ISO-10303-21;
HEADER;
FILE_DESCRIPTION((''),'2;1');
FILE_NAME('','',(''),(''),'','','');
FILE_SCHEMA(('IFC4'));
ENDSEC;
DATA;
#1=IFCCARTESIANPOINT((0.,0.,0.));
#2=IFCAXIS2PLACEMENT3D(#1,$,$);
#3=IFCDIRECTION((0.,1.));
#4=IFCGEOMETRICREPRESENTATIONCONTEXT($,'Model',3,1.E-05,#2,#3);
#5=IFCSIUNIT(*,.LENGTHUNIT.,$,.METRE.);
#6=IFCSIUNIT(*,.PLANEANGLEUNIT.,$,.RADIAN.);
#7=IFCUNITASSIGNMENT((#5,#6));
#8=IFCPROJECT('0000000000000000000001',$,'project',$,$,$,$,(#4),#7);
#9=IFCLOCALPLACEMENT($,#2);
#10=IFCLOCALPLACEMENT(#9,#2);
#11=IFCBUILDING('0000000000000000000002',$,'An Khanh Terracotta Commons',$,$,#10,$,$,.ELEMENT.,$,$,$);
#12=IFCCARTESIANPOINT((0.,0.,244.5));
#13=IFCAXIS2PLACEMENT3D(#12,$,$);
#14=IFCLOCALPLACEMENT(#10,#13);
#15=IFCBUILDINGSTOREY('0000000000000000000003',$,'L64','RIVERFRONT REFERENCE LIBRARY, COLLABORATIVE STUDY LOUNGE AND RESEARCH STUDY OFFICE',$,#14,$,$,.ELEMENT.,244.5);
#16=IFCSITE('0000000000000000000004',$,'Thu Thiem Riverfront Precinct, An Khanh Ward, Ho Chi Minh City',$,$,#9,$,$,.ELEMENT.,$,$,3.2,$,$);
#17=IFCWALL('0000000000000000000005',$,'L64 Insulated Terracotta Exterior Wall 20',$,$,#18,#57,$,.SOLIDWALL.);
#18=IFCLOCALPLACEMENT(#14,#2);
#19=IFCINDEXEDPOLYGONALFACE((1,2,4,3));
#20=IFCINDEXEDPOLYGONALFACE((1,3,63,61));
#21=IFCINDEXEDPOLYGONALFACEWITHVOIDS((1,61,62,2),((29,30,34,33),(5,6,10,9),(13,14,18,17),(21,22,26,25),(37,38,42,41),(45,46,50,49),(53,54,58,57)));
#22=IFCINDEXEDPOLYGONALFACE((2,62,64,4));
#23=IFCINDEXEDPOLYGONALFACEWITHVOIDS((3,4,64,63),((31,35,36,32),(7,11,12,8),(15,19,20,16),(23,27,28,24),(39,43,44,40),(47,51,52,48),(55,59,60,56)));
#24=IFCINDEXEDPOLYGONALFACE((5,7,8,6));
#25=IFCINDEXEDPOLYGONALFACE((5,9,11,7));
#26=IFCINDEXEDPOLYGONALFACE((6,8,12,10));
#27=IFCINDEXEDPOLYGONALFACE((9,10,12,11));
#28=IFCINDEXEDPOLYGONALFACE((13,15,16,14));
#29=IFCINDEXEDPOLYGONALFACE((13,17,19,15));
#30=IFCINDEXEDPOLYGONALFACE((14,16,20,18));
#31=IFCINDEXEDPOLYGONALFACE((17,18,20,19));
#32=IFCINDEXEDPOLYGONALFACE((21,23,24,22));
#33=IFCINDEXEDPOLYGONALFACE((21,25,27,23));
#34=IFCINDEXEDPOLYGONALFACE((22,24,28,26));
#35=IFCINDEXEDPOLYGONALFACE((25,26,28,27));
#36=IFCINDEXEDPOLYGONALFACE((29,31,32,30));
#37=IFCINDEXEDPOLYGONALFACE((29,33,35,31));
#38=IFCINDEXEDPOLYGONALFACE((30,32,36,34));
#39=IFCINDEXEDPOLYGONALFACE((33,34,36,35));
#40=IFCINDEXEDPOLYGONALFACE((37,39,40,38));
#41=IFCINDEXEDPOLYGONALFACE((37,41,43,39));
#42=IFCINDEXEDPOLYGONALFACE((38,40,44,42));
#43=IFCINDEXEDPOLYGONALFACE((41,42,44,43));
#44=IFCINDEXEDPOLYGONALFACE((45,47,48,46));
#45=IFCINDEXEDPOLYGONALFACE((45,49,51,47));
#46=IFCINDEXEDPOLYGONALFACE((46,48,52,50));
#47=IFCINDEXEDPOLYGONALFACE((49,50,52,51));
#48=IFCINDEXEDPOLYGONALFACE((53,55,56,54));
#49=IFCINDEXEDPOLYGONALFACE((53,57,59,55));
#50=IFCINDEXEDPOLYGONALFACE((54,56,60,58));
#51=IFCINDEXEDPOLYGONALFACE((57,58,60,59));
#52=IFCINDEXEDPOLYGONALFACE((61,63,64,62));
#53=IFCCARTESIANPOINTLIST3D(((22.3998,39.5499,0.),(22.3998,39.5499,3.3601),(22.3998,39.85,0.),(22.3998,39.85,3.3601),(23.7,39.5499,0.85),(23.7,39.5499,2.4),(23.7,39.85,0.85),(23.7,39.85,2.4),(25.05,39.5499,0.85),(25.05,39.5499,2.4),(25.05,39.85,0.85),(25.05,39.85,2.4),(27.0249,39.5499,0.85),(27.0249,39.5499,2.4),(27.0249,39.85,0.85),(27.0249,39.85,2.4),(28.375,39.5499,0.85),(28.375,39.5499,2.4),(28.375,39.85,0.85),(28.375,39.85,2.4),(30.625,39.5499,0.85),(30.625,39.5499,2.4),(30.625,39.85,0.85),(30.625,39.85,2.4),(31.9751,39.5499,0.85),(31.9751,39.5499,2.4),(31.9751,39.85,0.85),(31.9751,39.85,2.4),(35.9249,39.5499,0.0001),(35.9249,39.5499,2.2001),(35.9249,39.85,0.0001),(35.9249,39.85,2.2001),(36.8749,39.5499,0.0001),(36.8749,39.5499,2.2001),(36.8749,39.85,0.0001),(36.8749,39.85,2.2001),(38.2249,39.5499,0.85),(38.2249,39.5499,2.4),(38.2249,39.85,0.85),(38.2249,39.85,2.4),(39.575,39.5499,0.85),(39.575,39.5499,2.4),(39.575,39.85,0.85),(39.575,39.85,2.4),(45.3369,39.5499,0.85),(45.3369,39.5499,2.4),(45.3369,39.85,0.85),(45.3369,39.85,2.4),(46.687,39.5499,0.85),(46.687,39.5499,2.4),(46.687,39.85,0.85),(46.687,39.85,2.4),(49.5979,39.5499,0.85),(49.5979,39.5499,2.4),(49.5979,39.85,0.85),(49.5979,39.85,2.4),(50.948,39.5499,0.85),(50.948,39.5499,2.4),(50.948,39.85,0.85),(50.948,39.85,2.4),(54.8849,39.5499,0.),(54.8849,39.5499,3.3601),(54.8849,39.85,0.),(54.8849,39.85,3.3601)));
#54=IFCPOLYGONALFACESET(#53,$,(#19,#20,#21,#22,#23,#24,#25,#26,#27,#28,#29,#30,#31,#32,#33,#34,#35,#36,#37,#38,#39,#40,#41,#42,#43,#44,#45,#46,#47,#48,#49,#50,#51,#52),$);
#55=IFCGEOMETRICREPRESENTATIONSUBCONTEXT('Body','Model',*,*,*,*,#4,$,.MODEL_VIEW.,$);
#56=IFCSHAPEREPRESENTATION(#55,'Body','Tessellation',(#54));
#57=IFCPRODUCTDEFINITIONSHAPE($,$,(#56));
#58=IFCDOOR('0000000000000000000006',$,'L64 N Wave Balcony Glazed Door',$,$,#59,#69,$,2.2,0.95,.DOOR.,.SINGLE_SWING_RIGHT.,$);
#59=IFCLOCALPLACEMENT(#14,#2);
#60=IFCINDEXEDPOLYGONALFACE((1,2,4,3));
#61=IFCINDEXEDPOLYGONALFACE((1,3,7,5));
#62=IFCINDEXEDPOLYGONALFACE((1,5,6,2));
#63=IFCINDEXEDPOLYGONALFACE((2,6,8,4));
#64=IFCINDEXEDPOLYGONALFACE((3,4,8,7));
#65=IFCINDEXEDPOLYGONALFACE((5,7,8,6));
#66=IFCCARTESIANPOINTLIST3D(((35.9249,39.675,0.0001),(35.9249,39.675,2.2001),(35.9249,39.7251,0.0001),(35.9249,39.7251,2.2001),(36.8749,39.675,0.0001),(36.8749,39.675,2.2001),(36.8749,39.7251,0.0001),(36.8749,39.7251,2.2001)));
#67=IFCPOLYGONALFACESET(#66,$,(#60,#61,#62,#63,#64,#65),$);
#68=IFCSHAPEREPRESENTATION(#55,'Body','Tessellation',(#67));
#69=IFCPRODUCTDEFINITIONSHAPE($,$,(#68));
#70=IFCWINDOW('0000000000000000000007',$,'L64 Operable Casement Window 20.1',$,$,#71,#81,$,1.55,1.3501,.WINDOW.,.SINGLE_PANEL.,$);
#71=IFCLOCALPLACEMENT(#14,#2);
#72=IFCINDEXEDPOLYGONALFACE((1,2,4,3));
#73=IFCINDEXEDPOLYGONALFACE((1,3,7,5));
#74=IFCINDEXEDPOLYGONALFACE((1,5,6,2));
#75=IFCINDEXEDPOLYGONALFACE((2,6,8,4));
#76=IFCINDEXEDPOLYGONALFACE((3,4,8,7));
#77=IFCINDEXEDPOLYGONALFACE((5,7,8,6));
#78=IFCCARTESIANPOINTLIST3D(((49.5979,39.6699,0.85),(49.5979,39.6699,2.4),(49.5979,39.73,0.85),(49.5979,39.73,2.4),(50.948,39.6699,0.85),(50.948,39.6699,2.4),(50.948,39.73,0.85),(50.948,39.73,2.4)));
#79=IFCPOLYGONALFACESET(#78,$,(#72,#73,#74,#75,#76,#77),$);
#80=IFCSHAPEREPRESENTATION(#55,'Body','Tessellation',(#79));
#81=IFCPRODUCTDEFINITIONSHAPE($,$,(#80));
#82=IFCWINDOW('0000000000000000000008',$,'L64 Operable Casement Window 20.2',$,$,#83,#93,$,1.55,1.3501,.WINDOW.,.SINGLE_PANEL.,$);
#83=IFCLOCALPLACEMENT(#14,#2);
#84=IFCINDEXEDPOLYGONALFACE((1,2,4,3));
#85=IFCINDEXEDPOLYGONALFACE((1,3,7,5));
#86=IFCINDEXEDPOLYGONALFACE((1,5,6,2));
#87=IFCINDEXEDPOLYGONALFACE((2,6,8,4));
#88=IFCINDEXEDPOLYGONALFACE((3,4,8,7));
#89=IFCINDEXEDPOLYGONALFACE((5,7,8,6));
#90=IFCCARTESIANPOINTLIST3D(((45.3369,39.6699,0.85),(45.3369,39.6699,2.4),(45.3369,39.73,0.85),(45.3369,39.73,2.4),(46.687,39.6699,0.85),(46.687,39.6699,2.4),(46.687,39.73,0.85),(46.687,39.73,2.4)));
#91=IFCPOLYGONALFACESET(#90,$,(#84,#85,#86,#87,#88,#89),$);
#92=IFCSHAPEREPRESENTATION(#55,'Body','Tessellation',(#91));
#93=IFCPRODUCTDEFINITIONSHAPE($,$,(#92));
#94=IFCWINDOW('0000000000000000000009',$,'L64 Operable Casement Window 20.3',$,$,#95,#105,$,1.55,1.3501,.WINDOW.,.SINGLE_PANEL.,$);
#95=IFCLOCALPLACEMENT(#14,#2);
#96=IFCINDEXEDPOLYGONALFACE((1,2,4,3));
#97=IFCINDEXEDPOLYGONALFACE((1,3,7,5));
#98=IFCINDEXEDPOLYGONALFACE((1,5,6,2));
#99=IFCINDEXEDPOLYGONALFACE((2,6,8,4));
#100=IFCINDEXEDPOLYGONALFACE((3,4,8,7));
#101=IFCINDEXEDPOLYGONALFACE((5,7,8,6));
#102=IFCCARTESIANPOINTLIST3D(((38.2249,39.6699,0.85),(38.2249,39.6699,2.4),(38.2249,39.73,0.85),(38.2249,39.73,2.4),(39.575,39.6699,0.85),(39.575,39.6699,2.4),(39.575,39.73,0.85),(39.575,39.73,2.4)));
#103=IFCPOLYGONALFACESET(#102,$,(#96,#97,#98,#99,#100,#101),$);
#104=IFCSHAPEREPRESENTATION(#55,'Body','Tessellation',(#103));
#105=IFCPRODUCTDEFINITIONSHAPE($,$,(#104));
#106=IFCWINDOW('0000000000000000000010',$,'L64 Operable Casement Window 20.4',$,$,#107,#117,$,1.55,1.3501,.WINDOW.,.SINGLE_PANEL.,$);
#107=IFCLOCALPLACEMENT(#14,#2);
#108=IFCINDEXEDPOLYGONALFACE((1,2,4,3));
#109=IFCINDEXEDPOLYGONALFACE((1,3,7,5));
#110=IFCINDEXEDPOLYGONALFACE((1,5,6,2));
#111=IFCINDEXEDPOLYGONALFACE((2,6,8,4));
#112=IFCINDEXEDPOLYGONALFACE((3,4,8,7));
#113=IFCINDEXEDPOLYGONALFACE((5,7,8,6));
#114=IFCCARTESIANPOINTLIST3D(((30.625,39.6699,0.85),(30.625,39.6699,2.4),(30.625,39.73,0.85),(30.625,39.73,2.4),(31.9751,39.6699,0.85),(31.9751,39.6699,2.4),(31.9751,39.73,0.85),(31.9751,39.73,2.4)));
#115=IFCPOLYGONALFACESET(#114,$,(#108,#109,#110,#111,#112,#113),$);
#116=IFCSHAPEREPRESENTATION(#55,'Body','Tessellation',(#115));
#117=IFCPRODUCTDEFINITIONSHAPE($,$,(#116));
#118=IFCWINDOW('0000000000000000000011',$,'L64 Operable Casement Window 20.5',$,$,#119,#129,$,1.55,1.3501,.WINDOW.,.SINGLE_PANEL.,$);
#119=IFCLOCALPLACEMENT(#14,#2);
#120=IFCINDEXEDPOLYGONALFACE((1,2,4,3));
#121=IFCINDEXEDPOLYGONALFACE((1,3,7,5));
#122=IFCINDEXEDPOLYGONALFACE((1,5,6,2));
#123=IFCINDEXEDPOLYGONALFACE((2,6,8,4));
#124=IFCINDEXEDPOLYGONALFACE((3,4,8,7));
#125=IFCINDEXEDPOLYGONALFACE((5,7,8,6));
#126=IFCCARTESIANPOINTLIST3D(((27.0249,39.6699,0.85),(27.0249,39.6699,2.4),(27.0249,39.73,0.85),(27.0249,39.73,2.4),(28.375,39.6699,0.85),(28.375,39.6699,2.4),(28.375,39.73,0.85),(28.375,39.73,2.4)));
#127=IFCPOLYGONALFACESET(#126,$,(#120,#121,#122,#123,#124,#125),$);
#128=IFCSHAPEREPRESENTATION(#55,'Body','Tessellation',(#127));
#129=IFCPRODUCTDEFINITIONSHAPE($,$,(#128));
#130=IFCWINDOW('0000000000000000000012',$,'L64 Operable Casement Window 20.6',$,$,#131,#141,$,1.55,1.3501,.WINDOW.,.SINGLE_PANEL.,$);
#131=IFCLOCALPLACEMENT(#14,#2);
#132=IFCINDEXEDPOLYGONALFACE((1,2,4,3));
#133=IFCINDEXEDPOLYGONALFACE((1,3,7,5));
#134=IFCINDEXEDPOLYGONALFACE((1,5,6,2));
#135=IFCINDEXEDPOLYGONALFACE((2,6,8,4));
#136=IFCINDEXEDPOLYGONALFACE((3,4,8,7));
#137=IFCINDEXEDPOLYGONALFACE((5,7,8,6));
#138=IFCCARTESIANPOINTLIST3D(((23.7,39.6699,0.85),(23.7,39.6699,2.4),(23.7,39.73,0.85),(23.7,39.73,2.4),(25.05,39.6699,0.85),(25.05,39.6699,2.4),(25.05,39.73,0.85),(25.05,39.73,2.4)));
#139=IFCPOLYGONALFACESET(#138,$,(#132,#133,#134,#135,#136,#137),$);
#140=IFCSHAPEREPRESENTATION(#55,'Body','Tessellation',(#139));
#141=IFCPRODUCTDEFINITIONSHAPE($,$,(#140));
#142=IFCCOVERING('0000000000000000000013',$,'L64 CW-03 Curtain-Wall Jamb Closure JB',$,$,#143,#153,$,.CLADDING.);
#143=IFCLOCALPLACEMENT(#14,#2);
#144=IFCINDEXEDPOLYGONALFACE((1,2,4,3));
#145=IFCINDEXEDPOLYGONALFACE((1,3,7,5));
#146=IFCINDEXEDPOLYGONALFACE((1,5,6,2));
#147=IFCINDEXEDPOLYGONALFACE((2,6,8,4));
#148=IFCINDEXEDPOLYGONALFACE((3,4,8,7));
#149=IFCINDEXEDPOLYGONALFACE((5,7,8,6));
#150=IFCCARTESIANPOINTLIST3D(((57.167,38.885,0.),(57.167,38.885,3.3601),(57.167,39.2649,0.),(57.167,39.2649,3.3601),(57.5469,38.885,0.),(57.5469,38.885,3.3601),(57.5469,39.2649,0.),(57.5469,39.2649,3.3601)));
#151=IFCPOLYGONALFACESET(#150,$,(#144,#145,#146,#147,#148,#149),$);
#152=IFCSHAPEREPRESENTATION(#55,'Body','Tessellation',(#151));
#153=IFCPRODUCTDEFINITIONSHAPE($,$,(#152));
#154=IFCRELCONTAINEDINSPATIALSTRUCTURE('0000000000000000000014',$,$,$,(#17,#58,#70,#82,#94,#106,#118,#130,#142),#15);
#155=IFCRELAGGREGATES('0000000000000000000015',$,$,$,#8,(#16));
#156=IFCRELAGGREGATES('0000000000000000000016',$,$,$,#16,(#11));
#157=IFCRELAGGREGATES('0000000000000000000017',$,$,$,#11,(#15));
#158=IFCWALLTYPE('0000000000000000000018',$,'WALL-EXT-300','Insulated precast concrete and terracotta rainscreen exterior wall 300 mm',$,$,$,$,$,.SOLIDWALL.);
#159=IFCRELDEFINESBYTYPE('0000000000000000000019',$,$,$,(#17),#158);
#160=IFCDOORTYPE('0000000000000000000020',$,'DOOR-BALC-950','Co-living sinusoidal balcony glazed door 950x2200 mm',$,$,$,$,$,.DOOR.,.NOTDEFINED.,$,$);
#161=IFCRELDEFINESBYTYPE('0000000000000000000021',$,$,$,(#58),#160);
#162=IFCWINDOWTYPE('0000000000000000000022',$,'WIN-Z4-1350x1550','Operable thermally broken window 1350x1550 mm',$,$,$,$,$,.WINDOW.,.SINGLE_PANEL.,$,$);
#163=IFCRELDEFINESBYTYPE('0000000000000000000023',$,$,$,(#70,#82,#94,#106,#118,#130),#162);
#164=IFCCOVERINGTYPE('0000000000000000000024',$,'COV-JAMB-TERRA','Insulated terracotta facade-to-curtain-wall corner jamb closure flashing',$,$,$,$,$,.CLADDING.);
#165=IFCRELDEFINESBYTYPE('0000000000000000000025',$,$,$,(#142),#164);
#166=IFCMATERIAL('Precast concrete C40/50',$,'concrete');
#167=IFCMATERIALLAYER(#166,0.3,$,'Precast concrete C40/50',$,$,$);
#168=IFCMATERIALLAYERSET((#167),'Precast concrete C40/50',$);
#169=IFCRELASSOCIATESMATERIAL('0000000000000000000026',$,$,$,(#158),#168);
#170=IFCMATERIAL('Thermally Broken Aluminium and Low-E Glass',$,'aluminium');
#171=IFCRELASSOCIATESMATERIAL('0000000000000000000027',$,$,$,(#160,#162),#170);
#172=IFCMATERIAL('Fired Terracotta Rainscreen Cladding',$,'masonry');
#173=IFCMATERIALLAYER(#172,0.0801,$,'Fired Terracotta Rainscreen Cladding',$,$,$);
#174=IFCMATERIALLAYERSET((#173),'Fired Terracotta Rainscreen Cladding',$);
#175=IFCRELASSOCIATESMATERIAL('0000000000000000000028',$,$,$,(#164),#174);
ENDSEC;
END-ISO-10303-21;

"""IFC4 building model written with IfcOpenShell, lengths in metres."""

from ifc_helpers import new_model, si_unit, direction, frame, frame_2d, origin, origin_2d, place, context, subcontext, project, spatial, rectangle, extrude, material, layer, layer_set, type_object, element, fill, save


model = new_model("IFC4")

# Units and contexts
model_context = context("Model", 3, precision=1e-05, world=origin(), true_north=direction((0.0, 1.0)))
body_context = subcontext(model_context, "Body", "Model", "MODEL_VIEW")
ifc_project = project(units=[si_unit("LENGTHUNIT", "METRE"), si_unit("PLANEANGLEUNIT", "RADIAN")], contexts=[model_context])

# Site, building, storey
site_placement = place(None, origin())
site = spatial("IfcSite", under=ifc_project, at=site_placement, Name="Thu Thiem Riverfront Precinct, An Khanh Ward, Ho Chi Minh City", CompositionType="ELEMENT", RefElevation=3.2)
building_placement = place(site_placement, origin())
building = spatial("IfcBuilding", under=site, at=building_placement, Name="An Khanh Terracotta Commons", CompositionType="ELEMENT")
storey_placement = place(building_placement, frame((0.0, 0.0, 244.5)))
storey = spatial("IfcBuildingStorey", under=building, at=storey_placement, Name="L64", Description="RIVERFRONT REFERENCE LIBRARY, COLLABORATIVE STUDY LOUNGE AND RESEARCH STUDY OFFICE", CompositionType="ELEMENT", Elevation=244.5)

# Shared definitions
ifc_material_1 = material(Name="Precast concrete C40/50", Category="concrete")
ifc_layer_1 = layer(ifc_material_1, 0.3, Name="Precast concrete C40/50")
ifc_layer_set_1 = layer_set([ifc_layer_1], Name="Precast concrete C40/50")
wall_type = type_object("IfcWallType", Name="WALL-EXT-300", Description="Insulated precast concrete and terracotta rainscreen exterior wall 300 mm", PredefinedType="SOLIDWALL", material=ifc_layer_set_1)

# Wall, openings, door, windows
wall_1_placement = place(storey_placement, frame((54.885, 39.7, 0.0), z_axis=(0.0, 0.0, 1.0), x_axis=(-1.0, 0.0, 0.0)))
wall_1 = element("IfcWall", 1, at=wall_1_placement, inside=storey, type_object=wall_type, Name="L64 Insulated Terracotta Exterior Wall 20", PredefinedType="SOLIDWALL", context=body_context, shape_type="SweptSolid", body=[
    extrude(rectangle(XDim=32.4851, YDim=0.3, at=frame_2d((16.2427, 0.0))), origin(), (0.0, 0.0, 1.0), 3.3601),
])
opening_1_placement = place(wall_1_placement, frame((18.01, 0.0, 0.0)))
opening_1 = element("IfcOpeningElement", 2, at=opening_1_placement, cuts=wall_1, PredefinedType="OPENING", context=body_context, shape_type="SweptSolid", body=[
    extrude(rectangle(XDim=0.95, YDim=2.2, at=frame_2d((0.4751, 1.1001))), frame((0.0, 0.1599, 0.0), z_axis=(0.0, -1.0, 0.0), x_axis=(1.0, 0.0, 0.0)), (0.0, 0.0, 1.0), 0.3201),
])
opening_2_placement = place(wall_1_placement, frame((3.937, 0.0, 0.8501)))
opening_2 = element("IfcOpeningElement", 3, at=opening_2_placement, cuts=wall_1, PredefinedType="OPENING", context=body_context, shape_type="SweptSolid", body=[
    extrude(rectangle(XDim=1.3501, YDim=1.55, at=frame_2d((0.675, 0.7749))), frame((0.0, 0.1599, 0.0), z_axis=(0.0, -1.0, 0.0), x_axis=(1.0, 0.0, 0.0)), (0.0, 0.0, 1.0), 0.3201),
])
opening_3_placement = place(wall_1_placement, frame((8.198, 0.0, 0.8501)))
opening_3 = element("IfcOpeningElement", 4, at=opening_3_placement, cuts=wall_1, PredefinedType="OPENING", context=body_context, shape_type="SweptSolid", body=[
    extrude(rectangle(XDim=1.3501, YDim=1.55, at=frame_2d((0.675, 0.7749))), frame((0.0, 0.1599, 0.0), z_axis=(0.0, -1.0, 0.0), x_axis=(1.0, 0.0, 0.0)), (0.0, 0.0, 1.0), 0.3201),
])
opening_4_placement = place(wall_1_placement, frame((15.3101, 0.0, 0.8501)))
opening_4 = element("IfcOpeningElement", 5, at=opening_4_placement, cuts=wall_1, PredefinedType="OPENING", context=body_context, shape_type="SweptSolid", body=[
    extrude(rectangle(XDim=1.3501, YDim=1.55, at=frame_2d((0.675, 0.7749))), frame((0.0, 0.1599, 0.0), z_axis=(0.0, -1.0, 0.0), x_axis=(1.0, 0.0, 0.0)), (0.0, 0.0, 1.0), 0.3201),
])
opening_5_placement = place(wall_1_placement, frame((22.9099, 0.0, 0.8501)))
opening_5 = element("IfcOpeningElement", 6, at=opening_5_placement, cuts=wall_1, PredefinedType="OPENING", context=body_context, shape_type="SweptSolid", body=[
    extrude(rectangle(XDim=1.3501, YDim=1.55, at=frame_2d((0.675, 0.7749))), frame((0.0, 0.1599, 0.0), z_axis=(0.0, -1.0, 0.0), x_axis=(1.0, 0.0, 0.0)), (0.0, 0.0, 1.0), 0.3201),
])
opening_6_placement = place(wall_1_placement, frame((26.51, 0.0, 0.8501)))
opening_6 = element("IfcOpeningElement", 7, at=opening_6_placement, cuts=wall_1, PredefinedType="OPENING", context=body_context, shape_type="SweptSolid", body=[
    extrude(rectangle(XDim=1.3501, YDim=1.55, at=frame_2d((0.675, 0.7749))), frame((0.0, 0.1599, 0.0), z_axis=(0.0, -1.0, 0.0), x_axis=(1.0, 0.0, 0.0)), (0.0, 0.0, 1.0), 0.3201),
])
opening_7_placement = place(wall_1_placement, frame((29.835, 0.0, 0.8501)))
opening_7 = element("IfcOpeningElement", 8, at=opening_7_placement, cuts=wall_1, PredefinedType="OPENING", context=body_context, shape_type="SweptSolid", body=[
    extrude(rectangle(XDim=1.3501, YDim=1.55, at=frame_2d((0.675, 0.7749))), frame((0.0, 0.1599, 0.0), z_axis=(0.0, -1.0, 0.0), x_axis=(1.0, 0.0, 0.0)), (0.0, 0.0, 1.0), 0.3201),
])
ifc_material_2 = material(Name="Thermally Broken Aluminium and Low-E Glass", Category="aluminium")
door_type = type_object("IfcDoorType", Name="DOOR-BALC-950", Description="Co-living sinusoidal balcony glazed door 950x2200 mm", OperationType="NOTDEFINED", PredefinedType="DOOR", material=ifc_material_2)
door_placement = place(opening_1_placement, origin())
door = element("IfcDoor", 9, at=door_placement, inside=storey, type_object=door_type, Name="L64 N Wave Balcony Glazed Door", OperationType="SINGLE_SWING_RIGHT", OverallHeight=2.2, OverallWidth=0.95, PredefinedType="DOOR", context=body_context, shape_type="SweptSolid", body=[
    extrude(rectangle(XDim=0.95, YDim=2.2, at=frame_2d((0.4751, 1.1001))), frame((0.0, 0.0249, 0.0), z_axis=(0.0, -1.0, 0.0), x_axis=(1.0, 0.0, 0.0)), (0.0, 0.0, 1.0), 0.05),
])
fill(opening_1, door)
window_type = type_object("IfcWindowType", Name="WIN-Z4-1350x1550", Description="Operable thermally broken window 1350x1550 mm", PartitioningType="SINGLE_PANEL", PredefinedType="WINDOW", material=ifc_material_2)
window_1_placement = place(opening_2_placement, origin())
window_1 = element("IfcWindow", 10, at=window_1_placement, inside=storey, type_object=window_type, Name="L64 Operable Casement Window 20.1", OverallHeight=1.55, OverallWidth=1.3501, PartitioningType="SINGLE_PANEL", PredefinedType="WINDOW", context=body_context, shape_type="SweptSolid", body=[
    extrude(rectangle(XDim=1.3501, YDim=1.55, at=frame_2d((0.675, 0.7749))), frame((0.0, 0.03, 0.0), z_axis=(0.0, -1.0, 0.0), x_axis=(1.0, 0.0, 0.0)), (0.0, 0.0, 1.0), 0.0601),
])
fill(opening_2, window_1)
window_2_placement = place(opening_3_placement, origin())
window_2 = element("IfcWindow", 11, at=window_2_placement, inside=storey, type_object=window_type, Name="L64 Operable Casement Window 20.2", OverallHeight=1.55, OverallWidth=1.3501, PartitioningType="SINGLE_PANEL", PredefinedType="WINDOW", context=body_context, shape_type="SweptSolid", body=[
    extrude(rectangle(XDim=1.3501, YDim=1.55, at=frame_2d((0.675, 0.7749))), frame((0.0, 0.03, 0.0), z_axis=(0.0, -1.0, 0.0), x_axis=(1.0, 0.0, 0.0)), (0.0, 0.0, 1.0), 0.0601),
])
fill(opening_3, window_2)
window_3_placement = place(opening_4_placement, origin())
window_3 = element("IfcWindow", 12, at=window_3_placement, inside=storey, type_object=window_type, Name="L64 Operable Casement Window 20.3", OverallHeight=1.55, OverallWidth=1.3501, PartitioningType="SINGLE_PANEL", PredefinedType="WINDOW", context=body_context, shape_type="SweptSolid", body=[
    extrude(rectangle(XDim=1.3501, YDim=1.55, at=frame_2d((0.675, 0.7749))), frame((0.0, 0.03, 0.0), z_axis=(0.0, -1.0, 0.0), x_axis=(1.0, 0.0, 0.0)), (0.0, 0.0, 1.0), 0.0601),
])
fill(opening_4, window_3)
window_4_placement = place(opening_5_placement, origin())
window_4 = element("IfcWindow", 13, at=window_4_placement, inside=storey, type_object=window_type, Name="L64 Operable Casement Window 20.4", OverallHeight=1.55, OverallWidth=1.3501, PartitioningType="SINGLE_PANEL", PredefinedType="WINDOW", context=body_context, shape_type="SweptSolid", body=[
    extrude(rectangle(XDim=1.3501, YDim=1.55, at=frame_2d((0.675, 0.7749))), frame((0.0, 0.03, 0.0), z_axis=(0.0, -1.0, 0.0), x_axis=(1.0, 0.0, 0.0)), (0.0, 0.0, 1.0), 0.0601),
])
fill(opening_5, window_4)
window_5_placement = place(opening_6_placement, origin())
window_5 = element("IfcWindow", 14, at=window_5_placement, inside=storey, type_object=window_type, Name="L64 Operable Casement Window 20.5", OverallHeight=1.55, OverallWidth=1.3501, PartitioningType="SINGLE_PANEL", PredefinedType="WINDOW", context=body_context, shape_type="SweptSolid", body=[
    extrude(rectangle(XDim=1.3501, YDim=1.55, at=frame_2d((0.675, 0.7749))), frame((0.0, 0.03, 0.0), z_axis=(0.0, -1.0, 0.0), x_axis=(1.0, 0.0, 0.0)), (0.0, 0.0, 1.0), 0.0601),
])
fill(opening_6, window_5)
window_6_placement = place(opening_7_placement, origin())
window_6 = element("IfcWindow", 15, at=window_6_placement, inside=storey, type_object=window_type, Name="L64 Operable Casement Window 20.6", OverallHeight=1.55, OverallWidth=1.3501, PartitioningType="SINGLE_PANEL", PredefinedType="WINDOW", context=body_context, shape_type="SweptSolid", body=[
    extrude(rectangle(XDim=1.3501, YDim=1.55, at=frame_2d((0.675, 0.7749))), frame((0.0, 0.03, 0.0), z_axis=(0.0, -1.0, 0.0), x_axis=(1.0, 0.0, 0.0)), (0.0, 0.0, 1.0), 0.0601),
])
fill(opening_7, window_6)

# Covering
ifc_material_3 = material(Name="Fired Terracotta Rainscreen Cladding", Category="masonry")
ifc_layer_2 = layer(ifc_material_3, 0.0801, Name="Fired Terracotta Rainscreen Cladding")
ifc_layer_set_2 = layer_set([ifc_layer_2], Name="Fired Terracotta Rainscreen Cladding")
covering_type = type_object("IfcCoveringType", Name="COV-JAMB-TERRA", Description="Insulated terracotta facade-to-curtain-wall corner jamb closure flashing", PredefinedType="CLADDING", material=ifc_layer_set_2)
covering_placement = place(storey_placement, frame((57.3569, 39.075, 0.0), z_axis=(0.0, 0.0, 1.0), x_axis=(1.0, 0.0, 0.0)))
element("IfcCovering", 16, at=covering_placement, inside=storey, type_object=covering_type, Name="L64 CW-03 Curtain-Wall Jamb Closure JB", PredefinedType="CLADDING", context=body_context, shape_type="SweptSolid", body=[
    extrude(rectangle(XDim=0.3799, YDim=0.3799, at=origin_2d()), origin(), (0.0, 0.0, 1.0), 3.3601),
])

save(model, "model.ifc")
